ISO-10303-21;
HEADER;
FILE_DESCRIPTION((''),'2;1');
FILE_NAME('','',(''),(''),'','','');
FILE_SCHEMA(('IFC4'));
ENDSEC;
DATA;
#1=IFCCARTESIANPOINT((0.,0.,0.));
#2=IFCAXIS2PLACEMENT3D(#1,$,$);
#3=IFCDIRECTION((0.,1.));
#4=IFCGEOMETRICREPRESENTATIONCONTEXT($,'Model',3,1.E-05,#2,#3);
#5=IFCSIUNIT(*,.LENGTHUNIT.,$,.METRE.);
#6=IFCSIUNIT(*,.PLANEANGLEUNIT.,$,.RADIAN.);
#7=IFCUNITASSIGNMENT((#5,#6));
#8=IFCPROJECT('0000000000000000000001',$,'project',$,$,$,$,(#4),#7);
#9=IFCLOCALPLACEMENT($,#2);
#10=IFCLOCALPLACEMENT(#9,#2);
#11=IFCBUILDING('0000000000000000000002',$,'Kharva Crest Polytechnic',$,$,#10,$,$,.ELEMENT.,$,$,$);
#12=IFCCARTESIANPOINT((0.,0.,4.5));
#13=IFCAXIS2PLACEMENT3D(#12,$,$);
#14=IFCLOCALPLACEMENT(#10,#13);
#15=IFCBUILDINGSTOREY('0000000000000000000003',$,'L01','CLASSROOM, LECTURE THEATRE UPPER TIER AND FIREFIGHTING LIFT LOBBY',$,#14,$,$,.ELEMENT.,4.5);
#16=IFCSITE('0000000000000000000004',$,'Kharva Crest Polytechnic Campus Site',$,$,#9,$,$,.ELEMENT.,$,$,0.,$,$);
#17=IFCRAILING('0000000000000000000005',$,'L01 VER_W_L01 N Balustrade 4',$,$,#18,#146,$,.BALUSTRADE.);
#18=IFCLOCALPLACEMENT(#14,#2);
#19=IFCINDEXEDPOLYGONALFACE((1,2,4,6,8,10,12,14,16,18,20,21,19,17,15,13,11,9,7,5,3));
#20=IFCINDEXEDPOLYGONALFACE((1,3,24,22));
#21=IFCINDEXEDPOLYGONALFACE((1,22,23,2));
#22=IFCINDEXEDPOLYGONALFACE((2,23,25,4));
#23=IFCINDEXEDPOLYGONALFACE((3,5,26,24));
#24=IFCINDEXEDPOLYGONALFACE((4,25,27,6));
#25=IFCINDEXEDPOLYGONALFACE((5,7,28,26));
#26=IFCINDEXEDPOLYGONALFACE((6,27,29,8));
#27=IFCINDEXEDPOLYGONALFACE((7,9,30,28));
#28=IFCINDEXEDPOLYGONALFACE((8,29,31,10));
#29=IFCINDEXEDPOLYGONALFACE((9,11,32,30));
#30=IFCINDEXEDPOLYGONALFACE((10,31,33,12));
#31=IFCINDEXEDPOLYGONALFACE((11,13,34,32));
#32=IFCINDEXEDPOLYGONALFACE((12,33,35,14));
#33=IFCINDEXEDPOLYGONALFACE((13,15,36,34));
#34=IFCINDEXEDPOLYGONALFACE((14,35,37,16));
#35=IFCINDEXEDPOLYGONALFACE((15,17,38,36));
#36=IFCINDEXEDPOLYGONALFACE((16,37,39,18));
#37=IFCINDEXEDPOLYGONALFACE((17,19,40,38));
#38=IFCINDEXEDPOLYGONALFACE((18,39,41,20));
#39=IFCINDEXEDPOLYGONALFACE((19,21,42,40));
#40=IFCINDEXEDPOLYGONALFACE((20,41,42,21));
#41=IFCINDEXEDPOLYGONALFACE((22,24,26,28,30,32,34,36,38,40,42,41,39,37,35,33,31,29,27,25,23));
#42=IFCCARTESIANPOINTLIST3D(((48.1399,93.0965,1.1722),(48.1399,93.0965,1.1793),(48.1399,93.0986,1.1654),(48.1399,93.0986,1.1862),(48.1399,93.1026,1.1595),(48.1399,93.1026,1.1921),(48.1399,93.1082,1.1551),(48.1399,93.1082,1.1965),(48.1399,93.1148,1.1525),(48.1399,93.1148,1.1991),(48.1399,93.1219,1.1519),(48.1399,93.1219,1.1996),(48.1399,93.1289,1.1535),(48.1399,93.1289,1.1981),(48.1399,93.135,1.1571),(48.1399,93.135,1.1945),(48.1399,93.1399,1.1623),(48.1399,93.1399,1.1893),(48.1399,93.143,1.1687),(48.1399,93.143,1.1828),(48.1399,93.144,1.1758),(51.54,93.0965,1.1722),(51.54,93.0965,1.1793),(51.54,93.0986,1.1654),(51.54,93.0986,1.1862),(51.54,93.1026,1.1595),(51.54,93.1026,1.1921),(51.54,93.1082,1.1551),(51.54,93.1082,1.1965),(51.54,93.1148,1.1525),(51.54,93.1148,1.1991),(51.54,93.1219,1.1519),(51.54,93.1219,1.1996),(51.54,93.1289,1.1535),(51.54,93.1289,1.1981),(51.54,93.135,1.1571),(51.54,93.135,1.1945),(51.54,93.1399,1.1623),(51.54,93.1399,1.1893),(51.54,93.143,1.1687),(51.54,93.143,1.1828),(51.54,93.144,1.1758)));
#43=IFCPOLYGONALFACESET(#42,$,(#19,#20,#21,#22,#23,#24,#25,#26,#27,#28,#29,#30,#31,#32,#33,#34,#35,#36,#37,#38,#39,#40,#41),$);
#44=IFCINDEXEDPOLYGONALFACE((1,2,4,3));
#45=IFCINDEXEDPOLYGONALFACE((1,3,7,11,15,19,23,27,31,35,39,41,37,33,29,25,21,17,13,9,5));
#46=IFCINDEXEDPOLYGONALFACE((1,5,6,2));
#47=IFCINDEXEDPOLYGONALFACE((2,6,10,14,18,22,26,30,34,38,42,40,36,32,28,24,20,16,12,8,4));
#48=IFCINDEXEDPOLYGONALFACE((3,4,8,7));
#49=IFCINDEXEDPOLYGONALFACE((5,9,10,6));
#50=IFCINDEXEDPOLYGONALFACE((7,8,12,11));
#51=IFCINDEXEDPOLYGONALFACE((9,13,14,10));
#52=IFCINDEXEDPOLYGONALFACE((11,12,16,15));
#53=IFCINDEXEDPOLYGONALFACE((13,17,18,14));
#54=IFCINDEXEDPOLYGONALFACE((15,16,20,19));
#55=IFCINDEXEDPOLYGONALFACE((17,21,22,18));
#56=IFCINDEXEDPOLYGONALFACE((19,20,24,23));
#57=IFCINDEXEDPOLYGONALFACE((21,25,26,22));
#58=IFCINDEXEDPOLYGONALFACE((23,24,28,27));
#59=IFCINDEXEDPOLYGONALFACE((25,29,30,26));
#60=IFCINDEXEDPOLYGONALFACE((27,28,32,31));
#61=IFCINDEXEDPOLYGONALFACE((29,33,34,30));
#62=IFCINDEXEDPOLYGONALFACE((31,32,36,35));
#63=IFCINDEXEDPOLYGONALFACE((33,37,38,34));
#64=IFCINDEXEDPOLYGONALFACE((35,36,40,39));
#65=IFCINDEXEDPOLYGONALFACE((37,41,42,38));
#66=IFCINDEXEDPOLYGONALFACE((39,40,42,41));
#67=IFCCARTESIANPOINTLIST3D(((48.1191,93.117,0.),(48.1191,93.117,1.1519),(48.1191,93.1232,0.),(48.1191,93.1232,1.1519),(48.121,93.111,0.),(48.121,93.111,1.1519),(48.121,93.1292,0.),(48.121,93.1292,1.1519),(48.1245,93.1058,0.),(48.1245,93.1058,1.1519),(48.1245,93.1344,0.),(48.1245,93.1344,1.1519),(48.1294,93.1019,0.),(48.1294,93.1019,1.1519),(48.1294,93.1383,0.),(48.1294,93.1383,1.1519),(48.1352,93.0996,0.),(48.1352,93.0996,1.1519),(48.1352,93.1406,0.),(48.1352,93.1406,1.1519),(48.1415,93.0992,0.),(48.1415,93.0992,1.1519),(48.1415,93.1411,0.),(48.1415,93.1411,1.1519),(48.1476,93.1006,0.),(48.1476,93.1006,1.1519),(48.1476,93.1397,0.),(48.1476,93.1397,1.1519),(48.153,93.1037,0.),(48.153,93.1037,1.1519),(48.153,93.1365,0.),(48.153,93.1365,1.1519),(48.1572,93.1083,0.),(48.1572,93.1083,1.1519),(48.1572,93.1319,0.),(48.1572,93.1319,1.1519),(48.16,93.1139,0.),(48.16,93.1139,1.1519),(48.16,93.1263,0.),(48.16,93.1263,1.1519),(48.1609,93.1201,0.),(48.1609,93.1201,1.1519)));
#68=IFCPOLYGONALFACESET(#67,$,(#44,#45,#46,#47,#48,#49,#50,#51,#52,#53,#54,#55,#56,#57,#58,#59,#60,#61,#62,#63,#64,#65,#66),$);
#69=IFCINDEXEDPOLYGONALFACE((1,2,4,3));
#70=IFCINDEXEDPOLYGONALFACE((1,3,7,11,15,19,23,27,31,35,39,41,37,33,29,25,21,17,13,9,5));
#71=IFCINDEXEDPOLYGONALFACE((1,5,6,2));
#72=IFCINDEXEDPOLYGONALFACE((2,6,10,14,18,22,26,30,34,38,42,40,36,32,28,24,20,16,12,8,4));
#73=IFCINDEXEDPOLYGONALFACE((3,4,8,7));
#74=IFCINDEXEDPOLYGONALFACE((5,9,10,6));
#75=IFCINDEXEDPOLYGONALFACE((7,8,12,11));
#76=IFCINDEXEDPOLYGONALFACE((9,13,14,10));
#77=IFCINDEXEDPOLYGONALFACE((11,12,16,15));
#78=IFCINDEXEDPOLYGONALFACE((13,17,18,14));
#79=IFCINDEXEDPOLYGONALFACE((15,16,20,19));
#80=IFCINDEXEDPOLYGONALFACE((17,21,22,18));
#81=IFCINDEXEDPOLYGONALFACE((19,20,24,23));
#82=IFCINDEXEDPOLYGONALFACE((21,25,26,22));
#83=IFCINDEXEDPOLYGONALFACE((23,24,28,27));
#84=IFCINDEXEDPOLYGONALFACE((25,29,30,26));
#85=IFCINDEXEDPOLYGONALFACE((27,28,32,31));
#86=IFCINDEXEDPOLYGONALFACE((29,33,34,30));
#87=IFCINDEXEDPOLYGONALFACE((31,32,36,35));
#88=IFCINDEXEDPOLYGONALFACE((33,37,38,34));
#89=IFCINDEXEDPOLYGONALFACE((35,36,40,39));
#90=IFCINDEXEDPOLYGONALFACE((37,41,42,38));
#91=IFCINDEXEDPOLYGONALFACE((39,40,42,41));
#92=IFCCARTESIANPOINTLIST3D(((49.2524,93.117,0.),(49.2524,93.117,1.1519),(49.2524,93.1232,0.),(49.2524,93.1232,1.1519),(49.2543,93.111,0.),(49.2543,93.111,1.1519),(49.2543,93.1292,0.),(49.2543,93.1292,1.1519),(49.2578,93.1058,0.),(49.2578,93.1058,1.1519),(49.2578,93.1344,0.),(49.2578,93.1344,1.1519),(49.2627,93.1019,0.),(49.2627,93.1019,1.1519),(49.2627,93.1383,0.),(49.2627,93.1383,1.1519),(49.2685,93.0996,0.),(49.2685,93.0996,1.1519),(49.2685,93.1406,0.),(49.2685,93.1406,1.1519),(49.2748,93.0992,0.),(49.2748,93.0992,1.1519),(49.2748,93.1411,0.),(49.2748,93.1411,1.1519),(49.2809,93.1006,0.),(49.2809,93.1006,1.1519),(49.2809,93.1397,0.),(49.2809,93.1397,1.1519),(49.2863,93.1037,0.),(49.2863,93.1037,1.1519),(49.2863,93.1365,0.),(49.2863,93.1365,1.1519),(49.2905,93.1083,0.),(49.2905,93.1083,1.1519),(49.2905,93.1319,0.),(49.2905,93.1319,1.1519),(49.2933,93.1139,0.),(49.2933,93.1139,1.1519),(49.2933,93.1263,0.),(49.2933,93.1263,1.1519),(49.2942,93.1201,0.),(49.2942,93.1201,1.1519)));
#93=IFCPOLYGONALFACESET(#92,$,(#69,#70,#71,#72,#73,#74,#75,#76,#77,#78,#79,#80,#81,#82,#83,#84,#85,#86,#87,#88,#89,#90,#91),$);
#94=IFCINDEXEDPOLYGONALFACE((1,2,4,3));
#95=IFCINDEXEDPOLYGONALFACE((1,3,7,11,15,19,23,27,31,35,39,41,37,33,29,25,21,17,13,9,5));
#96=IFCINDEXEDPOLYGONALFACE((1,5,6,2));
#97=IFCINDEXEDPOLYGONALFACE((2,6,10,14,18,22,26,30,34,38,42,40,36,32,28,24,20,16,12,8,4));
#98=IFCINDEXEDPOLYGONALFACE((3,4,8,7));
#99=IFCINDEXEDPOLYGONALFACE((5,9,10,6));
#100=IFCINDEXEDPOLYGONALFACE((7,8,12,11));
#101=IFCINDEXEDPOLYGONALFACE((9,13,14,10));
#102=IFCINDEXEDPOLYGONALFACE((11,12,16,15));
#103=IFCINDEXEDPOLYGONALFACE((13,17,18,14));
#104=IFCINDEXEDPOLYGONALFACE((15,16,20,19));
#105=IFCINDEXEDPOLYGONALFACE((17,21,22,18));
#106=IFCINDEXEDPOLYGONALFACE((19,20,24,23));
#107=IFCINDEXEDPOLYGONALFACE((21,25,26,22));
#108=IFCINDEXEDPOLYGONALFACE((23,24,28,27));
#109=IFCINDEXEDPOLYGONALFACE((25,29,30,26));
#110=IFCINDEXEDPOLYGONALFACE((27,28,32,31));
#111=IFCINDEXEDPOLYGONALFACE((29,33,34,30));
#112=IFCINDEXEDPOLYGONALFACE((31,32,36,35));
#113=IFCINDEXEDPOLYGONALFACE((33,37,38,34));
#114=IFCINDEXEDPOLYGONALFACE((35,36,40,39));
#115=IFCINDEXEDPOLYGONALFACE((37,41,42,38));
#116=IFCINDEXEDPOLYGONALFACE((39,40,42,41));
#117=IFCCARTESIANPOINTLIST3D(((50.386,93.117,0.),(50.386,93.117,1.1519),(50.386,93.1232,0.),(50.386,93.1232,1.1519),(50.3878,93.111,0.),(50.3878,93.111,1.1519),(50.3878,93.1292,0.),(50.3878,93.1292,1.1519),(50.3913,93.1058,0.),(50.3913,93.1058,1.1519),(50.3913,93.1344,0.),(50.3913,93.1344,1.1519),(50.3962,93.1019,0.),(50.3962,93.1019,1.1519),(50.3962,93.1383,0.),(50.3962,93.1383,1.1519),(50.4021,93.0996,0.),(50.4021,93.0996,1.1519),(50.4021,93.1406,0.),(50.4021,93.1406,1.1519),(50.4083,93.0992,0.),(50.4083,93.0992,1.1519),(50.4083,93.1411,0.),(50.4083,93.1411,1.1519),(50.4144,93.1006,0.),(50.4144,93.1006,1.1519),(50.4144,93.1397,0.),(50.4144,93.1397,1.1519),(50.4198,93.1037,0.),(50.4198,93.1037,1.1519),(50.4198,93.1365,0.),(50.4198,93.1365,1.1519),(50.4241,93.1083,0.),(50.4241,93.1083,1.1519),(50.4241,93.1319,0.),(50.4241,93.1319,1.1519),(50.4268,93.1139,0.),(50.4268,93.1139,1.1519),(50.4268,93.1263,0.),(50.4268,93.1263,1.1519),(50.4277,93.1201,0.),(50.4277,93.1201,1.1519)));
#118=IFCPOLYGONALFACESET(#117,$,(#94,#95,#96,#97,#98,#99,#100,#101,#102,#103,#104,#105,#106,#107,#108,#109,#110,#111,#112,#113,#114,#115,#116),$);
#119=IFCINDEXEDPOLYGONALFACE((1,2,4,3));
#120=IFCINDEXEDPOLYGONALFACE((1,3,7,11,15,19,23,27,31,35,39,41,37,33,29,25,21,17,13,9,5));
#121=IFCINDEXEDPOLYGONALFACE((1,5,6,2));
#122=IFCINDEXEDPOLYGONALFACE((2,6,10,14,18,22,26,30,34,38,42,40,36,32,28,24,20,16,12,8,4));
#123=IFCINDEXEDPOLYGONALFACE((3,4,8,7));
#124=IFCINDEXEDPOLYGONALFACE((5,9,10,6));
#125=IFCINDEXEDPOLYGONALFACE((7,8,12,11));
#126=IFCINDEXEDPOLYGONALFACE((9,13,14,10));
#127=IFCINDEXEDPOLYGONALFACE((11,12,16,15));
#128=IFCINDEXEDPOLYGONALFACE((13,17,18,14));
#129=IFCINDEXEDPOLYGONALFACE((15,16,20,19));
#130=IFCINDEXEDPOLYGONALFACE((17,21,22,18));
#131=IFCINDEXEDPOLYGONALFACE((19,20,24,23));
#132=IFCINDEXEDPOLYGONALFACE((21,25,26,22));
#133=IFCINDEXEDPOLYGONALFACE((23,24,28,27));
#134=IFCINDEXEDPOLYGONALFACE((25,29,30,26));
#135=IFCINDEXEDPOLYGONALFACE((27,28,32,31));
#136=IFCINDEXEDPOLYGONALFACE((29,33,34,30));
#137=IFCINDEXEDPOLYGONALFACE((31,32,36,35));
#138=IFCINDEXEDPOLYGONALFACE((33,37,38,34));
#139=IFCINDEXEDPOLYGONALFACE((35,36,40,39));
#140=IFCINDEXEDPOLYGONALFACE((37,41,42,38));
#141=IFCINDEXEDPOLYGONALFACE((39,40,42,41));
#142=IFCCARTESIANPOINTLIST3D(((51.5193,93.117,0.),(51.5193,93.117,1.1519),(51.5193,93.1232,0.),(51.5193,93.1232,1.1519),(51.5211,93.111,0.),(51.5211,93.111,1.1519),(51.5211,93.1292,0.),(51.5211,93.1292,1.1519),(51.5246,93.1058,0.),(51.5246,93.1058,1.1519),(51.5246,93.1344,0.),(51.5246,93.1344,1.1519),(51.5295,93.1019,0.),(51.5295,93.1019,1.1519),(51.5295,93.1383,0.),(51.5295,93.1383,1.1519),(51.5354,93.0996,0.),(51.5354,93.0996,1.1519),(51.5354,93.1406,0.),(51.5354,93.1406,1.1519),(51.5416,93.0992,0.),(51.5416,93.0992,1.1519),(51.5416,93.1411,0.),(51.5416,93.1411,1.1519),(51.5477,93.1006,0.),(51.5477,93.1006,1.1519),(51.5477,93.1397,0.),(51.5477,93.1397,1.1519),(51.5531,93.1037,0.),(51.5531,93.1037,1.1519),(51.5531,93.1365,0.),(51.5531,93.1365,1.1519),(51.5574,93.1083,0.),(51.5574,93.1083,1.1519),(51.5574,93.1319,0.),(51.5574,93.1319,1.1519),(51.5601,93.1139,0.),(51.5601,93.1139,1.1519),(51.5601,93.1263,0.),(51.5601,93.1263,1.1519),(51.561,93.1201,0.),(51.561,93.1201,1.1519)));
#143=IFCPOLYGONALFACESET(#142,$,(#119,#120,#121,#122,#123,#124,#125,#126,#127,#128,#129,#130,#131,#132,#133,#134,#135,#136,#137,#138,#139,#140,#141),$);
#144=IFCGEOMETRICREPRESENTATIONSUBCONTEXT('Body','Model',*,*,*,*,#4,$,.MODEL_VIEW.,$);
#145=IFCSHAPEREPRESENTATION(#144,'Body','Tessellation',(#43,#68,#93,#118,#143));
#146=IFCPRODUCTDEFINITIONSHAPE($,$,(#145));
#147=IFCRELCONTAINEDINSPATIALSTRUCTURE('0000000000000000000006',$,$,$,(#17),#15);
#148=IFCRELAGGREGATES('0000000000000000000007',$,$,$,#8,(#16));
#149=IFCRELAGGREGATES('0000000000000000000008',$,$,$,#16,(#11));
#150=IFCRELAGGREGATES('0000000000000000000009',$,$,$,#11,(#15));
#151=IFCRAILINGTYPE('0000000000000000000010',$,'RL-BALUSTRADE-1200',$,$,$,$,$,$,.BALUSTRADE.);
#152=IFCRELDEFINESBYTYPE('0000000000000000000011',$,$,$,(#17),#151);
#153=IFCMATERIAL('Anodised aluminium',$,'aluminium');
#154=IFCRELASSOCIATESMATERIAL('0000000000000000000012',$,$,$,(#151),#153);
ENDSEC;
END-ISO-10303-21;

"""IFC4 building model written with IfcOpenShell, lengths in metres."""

from ifc_helpers import new_model, si_unit, direction, frame, origin, origin_2d, place, context, subcontext, project, spatial, circle, extrude, material, type_object, element, save


model = new_model("IFC4")

# Units and contexts
model_context = context("Model", 3, precision=1e-05, world=origin(), true_north=direction((0.0, 1.0)))
body_context = subcontext(model_context, "Body", "Model", "MODEL_VIEW")
ifc_project = project(units=[si_unit("LENGTHUNIT", "METRE"), si_unit("PLANEANGLEUNIT", "RADIAN")], contexts=[model_context])

# Site, building, storey
site_placement = place(None, origin())
site = spatial("IfcSite", under=ifc_project, at=site_placement, Name="Kharva Crest Polytechnic Campus Site", CompositionType="ELEMENT", RefElevation=0.0)
building_placement = place(site_placement, origin())
building = spatial("IfcBuilding", under=site, at=building_placement, Name="Kharva Crest Polytechnic", CompositionType="ELEMENT")
storey_placement = place(building_placement, frame((0.0, 0.0, 4.5)))
storey = spatial("IfcBuildingStorey", under=building, at=storey_placement, Name="L01", Description="CLASSROOM, LECTURE THEATRE UPPER TIER AND FIREFIGHTING LIFT LOBBY", CompositionType="ELEMENT", Elevation=4.5)

# Shared definitions
ifc_material_1 = material(Name="Anodised aluminium", Category="aluminium")

# Railing
railing_type = type_object("IfcRailingType", Name="RL-BALUSTRADE-1200", PredefinedType="BALUSTRADE", material=ifc_material_1)
railing_1_placement = place(storey_placement, frame((48.1399, 93.1201, 0.0)))
element("IfcRailing", 1, at=railing_1_placement, inside=storey, type_object=railing_type, Name="L01 VER_W_L01 N Balustrade 4", PredefinedType="BALUSTRADE", context=body_context, shape_type="SweptSolid", body=[
    extrude(circle(Radius=0.0239, at=origin_2d()), frame((0.0, 0.0, 1.1758), z_axis=(1.0, 0.0, 0.0), x_axis=(0.0, 1.0, 0.0)), (0.0, 0.0, 1.0), 3.4001),
    extrude(circle(Radius=0.021, at=origin_2d()), origin(), (0.0, 0.0, 1.0), 1.1519),
    extrude(circle(Radius=0.021, at=origin_2d()), frame((1.1333, 0.0, 0.0)), (0.0, 0.0, 1.0), 1.1519),
    extrude(circle(Radius=0.021, at=origin_2d()), frame((2.2668, 0.0, 0.0)), (0.0, 0.0, 1.0), 1.1519),
    extrude(circle(Radius=0.021, at=origin_2d()), frame((3.4001, 0.0, 0.0)), (0.0, 0.0, 1.0), 1.1519),
])

save(model, "model.ifc")
